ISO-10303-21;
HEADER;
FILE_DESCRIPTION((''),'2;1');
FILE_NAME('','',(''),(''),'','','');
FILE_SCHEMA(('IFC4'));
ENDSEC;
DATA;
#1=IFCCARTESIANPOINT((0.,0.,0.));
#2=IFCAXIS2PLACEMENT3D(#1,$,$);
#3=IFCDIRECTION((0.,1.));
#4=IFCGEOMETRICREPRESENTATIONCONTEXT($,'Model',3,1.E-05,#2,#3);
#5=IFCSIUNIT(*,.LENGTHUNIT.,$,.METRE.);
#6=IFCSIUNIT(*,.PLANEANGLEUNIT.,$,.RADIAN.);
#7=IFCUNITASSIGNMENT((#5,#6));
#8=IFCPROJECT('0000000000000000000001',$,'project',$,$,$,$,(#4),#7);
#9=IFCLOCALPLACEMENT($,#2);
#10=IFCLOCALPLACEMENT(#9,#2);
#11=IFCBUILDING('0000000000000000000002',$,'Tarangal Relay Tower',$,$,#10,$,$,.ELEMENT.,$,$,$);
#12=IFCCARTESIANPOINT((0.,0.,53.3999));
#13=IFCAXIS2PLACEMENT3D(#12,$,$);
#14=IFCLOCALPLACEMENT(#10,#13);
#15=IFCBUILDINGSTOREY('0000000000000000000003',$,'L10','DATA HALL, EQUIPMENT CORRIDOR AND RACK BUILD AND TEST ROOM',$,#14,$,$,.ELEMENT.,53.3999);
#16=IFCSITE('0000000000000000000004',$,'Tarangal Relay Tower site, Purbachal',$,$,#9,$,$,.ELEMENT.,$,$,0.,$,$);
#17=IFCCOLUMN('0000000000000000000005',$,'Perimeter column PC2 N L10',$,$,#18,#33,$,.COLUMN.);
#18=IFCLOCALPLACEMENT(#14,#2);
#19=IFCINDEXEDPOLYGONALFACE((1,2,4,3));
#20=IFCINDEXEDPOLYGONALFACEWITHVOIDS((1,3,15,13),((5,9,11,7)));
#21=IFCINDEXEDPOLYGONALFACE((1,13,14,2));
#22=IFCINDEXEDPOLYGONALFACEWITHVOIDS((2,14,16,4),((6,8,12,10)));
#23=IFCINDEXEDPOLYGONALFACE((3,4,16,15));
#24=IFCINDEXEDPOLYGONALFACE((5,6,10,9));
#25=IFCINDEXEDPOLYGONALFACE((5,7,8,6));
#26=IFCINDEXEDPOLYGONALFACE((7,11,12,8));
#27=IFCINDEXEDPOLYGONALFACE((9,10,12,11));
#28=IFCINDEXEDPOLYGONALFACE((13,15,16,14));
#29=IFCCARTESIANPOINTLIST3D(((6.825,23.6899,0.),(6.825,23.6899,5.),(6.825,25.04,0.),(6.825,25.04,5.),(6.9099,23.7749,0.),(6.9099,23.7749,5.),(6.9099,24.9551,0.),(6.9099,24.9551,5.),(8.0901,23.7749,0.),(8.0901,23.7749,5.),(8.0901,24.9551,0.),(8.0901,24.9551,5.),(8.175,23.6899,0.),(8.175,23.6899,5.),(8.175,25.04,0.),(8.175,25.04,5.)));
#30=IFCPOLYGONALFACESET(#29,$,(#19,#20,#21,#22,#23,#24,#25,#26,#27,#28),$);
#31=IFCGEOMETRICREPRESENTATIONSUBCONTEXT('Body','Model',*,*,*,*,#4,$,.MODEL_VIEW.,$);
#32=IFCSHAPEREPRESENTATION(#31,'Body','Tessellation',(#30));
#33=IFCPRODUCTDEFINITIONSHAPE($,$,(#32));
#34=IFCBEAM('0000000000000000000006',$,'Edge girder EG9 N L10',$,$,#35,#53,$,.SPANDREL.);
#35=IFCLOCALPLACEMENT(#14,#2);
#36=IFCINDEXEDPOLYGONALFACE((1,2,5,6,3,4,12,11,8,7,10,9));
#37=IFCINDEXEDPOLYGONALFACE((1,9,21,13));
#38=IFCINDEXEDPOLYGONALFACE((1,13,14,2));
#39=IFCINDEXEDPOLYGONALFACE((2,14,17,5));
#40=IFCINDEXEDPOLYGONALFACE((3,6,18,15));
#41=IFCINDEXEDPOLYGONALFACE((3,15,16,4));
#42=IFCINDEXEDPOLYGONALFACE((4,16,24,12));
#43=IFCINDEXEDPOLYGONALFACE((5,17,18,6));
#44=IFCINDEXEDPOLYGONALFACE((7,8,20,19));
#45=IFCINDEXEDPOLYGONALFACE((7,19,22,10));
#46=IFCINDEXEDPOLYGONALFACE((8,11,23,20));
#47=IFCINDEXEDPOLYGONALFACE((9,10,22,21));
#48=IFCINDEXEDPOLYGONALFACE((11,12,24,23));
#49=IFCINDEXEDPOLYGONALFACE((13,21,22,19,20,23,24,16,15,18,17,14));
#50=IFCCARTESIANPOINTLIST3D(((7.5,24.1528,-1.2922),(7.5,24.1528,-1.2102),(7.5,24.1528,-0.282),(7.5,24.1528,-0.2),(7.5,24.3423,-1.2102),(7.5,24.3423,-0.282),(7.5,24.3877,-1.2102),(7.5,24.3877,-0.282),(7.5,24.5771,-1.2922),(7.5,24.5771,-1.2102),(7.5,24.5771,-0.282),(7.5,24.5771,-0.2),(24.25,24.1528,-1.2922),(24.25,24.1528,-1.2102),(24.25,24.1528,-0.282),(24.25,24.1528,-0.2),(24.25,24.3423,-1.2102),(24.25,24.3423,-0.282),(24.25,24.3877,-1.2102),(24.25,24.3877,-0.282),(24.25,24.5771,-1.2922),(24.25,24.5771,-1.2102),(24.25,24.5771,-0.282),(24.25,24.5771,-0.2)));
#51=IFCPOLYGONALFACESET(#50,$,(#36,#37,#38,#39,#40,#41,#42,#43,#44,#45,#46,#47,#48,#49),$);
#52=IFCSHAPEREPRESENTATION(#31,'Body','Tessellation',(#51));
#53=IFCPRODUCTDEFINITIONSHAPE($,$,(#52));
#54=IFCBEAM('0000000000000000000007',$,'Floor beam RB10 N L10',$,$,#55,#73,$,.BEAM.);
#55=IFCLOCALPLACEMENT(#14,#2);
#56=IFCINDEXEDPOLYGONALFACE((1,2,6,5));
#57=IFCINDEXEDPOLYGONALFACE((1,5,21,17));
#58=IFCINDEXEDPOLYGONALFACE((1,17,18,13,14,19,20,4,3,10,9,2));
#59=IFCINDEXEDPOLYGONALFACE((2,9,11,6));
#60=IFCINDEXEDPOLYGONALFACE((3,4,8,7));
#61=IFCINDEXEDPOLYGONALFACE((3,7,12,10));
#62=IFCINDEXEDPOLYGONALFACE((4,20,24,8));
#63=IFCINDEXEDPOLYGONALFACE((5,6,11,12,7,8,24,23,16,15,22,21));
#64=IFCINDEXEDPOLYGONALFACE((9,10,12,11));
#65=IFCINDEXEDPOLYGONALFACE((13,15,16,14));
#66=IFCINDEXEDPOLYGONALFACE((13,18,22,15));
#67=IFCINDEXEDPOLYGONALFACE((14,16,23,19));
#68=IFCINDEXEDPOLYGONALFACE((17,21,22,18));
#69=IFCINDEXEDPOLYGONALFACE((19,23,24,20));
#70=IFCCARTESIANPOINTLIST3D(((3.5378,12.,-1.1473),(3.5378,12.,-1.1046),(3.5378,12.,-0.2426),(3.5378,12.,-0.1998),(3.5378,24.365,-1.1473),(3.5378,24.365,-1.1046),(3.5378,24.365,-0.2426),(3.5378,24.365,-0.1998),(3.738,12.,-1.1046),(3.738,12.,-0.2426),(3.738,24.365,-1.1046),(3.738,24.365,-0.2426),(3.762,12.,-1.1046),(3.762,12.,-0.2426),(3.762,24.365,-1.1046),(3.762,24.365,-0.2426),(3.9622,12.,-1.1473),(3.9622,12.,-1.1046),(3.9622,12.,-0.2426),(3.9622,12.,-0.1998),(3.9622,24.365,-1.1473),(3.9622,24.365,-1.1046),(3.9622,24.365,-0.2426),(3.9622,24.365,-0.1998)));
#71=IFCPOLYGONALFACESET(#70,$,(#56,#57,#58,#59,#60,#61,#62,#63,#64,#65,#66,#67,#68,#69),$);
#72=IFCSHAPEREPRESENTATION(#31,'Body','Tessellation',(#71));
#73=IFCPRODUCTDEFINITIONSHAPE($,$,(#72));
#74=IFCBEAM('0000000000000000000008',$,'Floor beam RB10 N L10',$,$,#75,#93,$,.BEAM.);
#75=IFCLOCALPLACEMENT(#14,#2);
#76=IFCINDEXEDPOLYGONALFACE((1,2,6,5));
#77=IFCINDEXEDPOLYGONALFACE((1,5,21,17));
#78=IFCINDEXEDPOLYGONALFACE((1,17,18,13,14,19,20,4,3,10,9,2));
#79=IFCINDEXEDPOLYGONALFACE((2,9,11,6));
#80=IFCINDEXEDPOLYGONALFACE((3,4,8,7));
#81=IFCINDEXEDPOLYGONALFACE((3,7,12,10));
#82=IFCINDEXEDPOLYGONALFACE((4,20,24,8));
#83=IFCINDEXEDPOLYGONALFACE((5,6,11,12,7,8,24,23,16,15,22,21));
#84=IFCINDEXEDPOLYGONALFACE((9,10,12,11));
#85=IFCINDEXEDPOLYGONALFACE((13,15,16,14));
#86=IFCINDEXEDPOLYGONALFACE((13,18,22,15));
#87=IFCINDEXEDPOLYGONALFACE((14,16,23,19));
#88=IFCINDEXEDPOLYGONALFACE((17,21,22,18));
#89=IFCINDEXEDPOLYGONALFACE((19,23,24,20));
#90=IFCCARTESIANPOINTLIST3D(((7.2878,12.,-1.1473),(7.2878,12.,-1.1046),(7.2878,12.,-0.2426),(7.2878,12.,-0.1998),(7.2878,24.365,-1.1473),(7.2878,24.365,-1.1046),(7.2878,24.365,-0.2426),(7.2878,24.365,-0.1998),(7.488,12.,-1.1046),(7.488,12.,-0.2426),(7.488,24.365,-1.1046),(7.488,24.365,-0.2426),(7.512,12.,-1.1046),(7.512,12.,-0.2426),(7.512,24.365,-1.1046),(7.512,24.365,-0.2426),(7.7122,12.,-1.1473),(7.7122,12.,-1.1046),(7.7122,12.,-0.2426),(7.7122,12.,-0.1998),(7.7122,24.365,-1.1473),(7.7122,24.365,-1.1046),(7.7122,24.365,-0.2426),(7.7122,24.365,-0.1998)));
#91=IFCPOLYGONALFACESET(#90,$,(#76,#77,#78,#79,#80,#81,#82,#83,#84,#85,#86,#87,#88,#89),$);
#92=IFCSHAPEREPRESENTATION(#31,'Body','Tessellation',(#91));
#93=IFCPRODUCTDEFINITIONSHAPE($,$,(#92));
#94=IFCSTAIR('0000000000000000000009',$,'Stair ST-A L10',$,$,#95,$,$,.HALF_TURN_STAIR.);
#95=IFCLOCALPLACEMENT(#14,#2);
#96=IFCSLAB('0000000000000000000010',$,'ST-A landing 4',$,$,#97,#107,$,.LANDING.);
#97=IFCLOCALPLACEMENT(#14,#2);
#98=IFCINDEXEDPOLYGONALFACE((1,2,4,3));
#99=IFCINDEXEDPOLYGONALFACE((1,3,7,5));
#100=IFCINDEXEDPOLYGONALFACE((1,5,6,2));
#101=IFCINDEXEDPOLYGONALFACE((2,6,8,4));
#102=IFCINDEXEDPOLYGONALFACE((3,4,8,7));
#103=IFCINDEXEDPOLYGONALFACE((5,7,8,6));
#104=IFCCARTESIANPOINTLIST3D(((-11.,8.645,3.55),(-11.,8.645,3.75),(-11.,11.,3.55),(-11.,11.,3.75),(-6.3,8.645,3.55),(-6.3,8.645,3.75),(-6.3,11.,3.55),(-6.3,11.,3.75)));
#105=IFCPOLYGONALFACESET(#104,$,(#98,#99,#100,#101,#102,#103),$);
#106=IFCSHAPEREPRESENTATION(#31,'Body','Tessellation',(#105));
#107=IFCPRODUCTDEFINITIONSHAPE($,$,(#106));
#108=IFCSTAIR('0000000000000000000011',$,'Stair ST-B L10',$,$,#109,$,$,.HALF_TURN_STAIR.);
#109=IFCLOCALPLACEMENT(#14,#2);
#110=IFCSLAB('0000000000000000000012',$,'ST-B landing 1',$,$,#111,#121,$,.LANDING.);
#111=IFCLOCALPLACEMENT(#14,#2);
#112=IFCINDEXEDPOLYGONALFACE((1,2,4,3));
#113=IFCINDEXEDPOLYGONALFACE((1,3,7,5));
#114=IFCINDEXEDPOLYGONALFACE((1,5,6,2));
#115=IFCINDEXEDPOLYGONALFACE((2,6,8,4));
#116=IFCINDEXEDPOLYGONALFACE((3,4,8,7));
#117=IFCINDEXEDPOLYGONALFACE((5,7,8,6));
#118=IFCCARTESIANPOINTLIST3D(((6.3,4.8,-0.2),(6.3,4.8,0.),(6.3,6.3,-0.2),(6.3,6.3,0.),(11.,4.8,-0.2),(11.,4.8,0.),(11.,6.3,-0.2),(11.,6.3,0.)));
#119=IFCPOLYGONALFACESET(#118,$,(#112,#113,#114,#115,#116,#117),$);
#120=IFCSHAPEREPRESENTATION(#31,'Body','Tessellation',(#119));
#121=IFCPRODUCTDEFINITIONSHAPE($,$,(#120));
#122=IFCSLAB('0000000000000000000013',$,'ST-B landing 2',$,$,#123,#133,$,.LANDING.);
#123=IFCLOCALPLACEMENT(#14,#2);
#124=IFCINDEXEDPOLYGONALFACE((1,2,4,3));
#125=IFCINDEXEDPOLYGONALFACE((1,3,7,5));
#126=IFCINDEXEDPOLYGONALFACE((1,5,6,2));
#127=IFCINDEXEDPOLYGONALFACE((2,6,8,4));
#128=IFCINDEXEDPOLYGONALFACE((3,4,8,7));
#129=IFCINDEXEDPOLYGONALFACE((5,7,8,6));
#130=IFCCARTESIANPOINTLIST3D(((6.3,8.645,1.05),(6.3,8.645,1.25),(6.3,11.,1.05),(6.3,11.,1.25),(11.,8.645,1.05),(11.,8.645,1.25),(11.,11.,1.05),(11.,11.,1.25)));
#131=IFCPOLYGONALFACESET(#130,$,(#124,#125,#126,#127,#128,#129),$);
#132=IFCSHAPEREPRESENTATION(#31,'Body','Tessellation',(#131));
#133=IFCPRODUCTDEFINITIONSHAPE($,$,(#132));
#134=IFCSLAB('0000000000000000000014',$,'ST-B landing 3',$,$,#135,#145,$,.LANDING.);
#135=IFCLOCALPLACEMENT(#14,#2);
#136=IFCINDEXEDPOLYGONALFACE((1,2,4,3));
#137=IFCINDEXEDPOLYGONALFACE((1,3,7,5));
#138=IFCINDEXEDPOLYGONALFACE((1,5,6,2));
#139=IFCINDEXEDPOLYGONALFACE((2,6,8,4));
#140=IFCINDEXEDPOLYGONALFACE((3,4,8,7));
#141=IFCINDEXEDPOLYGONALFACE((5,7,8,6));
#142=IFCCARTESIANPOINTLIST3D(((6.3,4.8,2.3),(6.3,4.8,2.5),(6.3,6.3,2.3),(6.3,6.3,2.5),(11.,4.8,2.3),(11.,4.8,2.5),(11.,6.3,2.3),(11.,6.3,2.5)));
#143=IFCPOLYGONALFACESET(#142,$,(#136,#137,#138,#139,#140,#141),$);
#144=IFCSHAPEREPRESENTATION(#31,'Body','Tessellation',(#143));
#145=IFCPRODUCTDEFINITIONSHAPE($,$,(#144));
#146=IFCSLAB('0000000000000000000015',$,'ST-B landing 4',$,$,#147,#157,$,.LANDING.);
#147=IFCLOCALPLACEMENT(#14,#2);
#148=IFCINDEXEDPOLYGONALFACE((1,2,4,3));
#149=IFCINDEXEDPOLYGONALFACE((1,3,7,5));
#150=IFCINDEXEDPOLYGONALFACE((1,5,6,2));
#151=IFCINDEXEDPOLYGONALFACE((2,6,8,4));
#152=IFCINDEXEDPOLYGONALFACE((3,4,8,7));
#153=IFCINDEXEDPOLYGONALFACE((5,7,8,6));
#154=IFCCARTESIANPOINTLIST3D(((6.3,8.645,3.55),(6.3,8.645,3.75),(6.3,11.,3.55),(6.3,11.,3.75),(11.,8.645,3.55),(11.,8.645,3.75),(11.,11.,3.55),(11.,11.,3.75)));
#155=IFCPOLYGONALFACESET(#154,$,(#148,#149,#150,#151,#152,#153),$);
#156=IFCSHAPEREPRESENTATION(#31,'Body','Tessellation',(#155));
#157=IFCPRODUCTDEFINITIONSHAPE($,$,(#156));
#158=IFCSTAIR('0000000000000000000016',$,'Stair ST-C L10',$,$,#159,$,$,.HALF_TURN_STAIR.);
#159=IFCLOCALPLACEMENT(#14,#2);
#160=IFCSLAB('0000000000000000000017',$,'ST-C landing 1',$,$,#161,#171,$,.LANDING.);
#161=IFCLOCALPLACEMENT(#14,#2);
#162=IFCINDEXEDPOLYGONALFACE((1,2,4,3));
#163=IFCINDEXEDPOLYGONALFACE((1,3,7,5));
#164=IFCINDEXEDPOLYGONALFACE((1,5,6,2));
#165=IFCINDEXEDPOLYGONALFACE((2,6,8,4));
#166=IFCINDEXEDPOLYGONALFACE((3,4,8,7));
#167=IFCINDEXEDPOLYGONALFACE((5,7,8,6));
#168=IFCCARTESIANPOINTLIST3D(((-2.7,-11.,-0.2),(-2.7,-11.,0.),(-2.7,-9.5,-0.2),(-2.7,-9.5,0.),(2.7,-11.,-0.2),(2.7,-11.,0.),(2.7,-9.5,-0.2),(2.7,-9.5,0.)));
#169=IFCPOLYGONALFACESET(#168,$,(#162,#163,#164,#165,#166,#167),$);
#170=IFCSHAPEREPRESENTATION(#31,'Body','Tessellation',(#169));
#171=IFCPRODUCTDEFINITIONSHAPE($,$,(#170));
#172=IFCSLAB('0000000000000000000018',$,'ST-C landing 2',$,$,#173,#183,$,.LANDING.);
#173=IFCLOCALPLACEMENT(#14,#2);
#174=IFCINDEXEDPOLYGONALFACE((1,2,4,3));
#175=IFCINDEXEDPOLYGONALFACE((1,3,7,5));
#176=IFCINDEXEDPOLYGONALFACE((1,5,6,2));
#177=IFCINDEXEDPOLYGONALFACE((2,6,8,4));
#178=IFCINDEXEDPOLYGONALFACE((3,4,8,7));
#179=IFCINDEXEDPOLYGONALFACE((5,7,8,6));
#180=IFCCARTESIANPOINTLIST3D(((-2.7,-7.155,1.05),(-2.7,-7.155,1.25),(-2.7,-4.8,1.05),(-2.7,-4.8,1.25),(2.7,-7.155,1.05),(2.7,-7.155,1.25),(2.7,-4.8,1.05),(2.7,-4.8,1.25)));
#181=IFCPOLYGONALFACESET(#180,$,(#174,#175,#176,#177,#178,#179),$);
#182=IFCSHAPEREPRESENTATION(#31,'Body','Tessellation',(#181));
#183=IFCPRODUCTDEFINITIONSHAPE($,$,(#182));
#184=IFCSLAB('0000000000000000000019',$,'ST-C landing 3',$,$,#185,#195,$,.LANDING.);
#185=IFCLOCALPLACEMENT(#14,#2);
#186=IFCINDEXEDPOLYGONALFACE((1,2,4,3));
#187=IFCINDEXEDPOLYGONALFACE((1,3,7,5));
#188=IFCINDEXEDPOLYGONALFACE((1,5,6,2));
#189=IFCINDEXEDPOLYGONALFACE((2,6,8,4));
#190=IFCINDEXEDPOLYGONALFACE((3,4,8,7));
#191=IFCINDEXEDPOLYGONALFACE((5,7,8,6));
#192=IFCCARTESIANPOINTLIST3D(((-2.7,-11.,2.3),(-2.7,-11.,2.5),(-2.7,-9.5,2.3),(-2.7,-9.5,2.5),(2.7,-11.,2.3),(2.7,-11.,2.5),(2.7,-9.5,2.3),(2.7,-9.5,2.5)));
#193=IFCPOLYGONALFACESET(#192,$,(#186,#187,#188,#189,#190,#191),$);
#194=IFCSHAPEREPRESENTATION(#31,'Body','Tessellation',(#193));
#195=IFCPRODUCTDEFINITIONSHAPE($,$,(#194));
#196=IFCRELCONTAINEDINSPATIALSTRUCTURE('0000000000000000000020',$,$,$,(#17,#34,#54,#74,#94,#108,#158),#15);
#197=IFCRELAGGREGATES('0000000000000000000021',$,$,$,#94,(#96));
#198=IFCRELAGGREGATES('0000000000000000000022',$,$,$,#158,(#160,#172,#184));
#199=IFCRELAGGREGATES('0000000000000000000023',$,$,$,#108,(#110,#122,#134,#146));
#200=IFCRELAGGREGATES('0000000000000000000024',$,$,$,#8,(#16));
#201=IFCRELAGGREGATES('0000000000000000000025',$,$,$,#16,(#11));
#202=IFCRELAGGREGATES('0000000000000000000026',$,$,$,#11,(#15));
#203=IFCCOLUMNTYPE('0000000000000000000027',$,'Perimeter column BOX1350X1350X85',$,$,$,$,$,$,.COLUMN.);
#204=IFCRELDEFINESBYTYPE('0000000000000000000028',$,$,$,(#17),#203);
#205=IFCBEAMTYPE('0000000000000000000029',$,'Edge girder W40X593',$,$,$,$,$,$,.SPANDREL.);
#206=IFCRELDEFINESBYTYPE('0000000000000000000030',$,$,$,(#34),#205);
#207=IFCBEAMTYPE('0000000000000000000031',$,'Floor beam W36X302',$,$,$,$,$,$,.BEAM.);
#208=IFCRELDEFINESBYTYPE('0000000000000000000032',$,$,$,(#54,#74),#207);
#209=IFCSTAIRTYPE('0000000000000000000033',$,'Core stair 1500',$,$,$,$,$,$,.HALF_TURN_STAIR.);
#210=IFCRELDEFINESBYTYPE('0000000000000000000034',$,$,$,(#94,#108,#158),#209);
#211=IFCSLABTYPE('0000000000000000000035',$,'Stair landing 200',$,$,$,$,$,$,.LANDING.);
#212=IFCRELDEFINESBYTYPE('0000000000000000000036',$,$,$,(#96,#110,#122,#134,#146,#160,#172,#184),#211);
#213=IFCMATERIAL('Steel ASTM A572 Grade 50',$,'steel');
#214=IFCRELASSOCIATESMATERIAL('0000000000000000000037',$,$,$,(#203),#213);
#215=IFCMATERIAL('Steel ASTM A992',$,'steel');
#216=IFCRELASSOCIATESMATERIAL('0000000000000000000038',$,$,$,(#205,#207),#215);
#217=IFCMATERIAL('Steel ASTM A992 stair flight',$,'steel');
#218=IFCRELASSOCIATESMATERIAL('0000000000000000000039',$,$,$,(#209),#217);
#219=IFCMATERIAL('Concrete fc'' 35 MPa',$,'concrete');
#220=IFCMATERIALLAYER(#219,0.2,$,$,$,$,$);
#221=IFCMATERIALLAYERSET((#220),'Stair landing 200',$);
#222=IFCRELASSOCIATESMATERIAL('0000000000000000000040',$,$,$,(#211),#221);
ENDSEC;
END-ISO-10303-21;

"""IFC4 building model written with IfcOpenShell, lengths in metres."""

from ifc_helpers import new_model, si_unit, direction, frame, origin, origin_2d, place, context, subcontext, project, spatial, polyline, hollow_rectangle, i_section, outline, extrude, material, layer, layer_set, material_profile, profile_set, type_object, element, aggregate, save


model = new_model("IFC4")

# Units and contexts
model_context = context("Model", 3, precision=1e-05, world=origin(), true_north=direction((0.0, 1.0)))
body_context = subcontext(model_context, "Body", "Model", "MODEL_VIEW")
ifc_project = project(units=[si_unit("LENGTHUNIT", "METRE"), si_unit("PLANEANGLEUNIT", "RADIAN")], contexts=[model_context])

# Site, building, storey
site_placement = place(None, origin())
site = spatial("IfcSite", under=ifc_project, at=site_placement, Name="Tarangal Relay Tower site, Purbachal", CompositionType="ELEMENT", RefElevation=0.0)
building_placement = place(site_placement, origin())
building = spatial("IfcBuilding", under=site, at=building_placement, Name="Tarangal Relay Tower", CompositionType="ELEMENT")
storey_placement = place(building_placement, frame((0.0, 0.0, 53.3999)))
storey = spatial("IfcBuildingStorey", under=building, at=storey_placement, Name="L10", Description="DATA HALL, EQUIPMENT CORRIDOR AND RACK BUILD AND TEST ROOM", CompositionType="ELEMENT", Elevation=53.3999)

# Column
ifc_material_1 = material(Name="Steel ASTM A572 Grade 50", Category="steel")
ifc_material_profile_1 = material_profile(ifc_material_1, hollow_rectangle(XDim=1.3501, YDim=1.3501, WallThickness=0.085, at=origin_2d()), Name="BOX1350X1350X85")
ifc_profile_set_1 = profile_set([ifc_material_profile_1], Name="Steel ASTM A572 Grade 50")
column_type = type_object("IfcColumnType", Name="Perimeter column BOX1350X1350X85", PredefinedType="COLUMN", material=ifc_profile_set_1)
column_placement = place(storey_placement, frame((7.5, 24.365, 0.0), z_axis=(0.0, 0.0, 1.0), x_axis=(1.0, 0.0, 0.0)))
element("IfcColumn", 1, at=column_placement, inside=storey, type_object=column_type, Name="Perimeter column PC2 N L10", PredefinedType="COLUMN", context=body_context, shape_type="SweptSolid", body=[
    extrude(hollow_rectangle(XDim=1.3501, YDim=1.3501, WallThickness=0.085, at=origin_2d()), origin(), (0.0, 0.0, 1.0), 5.0),
])

# Beams
ifc_material_2 = material(Name="Steel ASTM A992", Category="steel")
ifc_material_profile_2 = material_profile(ifc_material_2, i_section(OverallWidth=0.4243, OverallDepth=1.0923, WebThickness=0.0454, FlangeThickness=0.082, at=origin_2d()), Name="W40X593")
ifc_profile_set_2 = profile_set([ifc_material_profile_2], Name="Steel ASTM A992")
beam_type_1 = type_object("IfcBeamType", Name="Edge girder W40X593", PredefinedType="SPANDREL", material=ifc_profile_set_2)
beam_placement = place(storey_placement, frame((7.5, 24.365, -0.7461), z_axis=(1.0, 0.0, 0.0), x_axis=(0.0, 1.0, 0.0)))
element("IfcBeam", 2, at=beam_placement, inside=storey, type_object=beam_type_1, Name="Edge girder EG9 N L10", PredefinedType="SPANDREL", context=body_context, shape_type="SweptSolid", body=[
    extrude(i_section(OverallWidth=0.4243, OverallDepth=1.0923, WebThickness=0.0454, FlangeThickness=0.082, at=origin_2d()), origin(), (0.0, 0.0, 1.0), 16.75),
])
ifc_material_profile_3 = material_profile(ifc_material_2, i_section(OverallWidth=0.4243, OverallDepth=0.9475, WebThickness=0.0239, FlangeThickness=0.0427, at=origin_2d()), Name="W36X302")
ifc_profile_set_3 = profile_set([ifc_material_profile_3], Name="Steel ASTM A992")
beam_type_2 = type_object("IfcBeamType", Name="Floor beam W36X302", PredefinedType="BEAM", material=ifc_profile_set_3)
for number, where, z_axis, x_axis, name in (
    (3, (3.75, 12.0, -0.6736), (0.0, 1.0, 0.0), (-1.0, 0.0, 0.0), "Floor beam RB10 N L10"),
    (4, (7.5, 12.0, -0.6736), (0.0, 1.0, 0.0), (-1.0, 0.0, 0.0), "Floor beam RB10 N L10"),
):
    element("IfcBeam", number, at=place(storey_placement, frame(where, z_axis=z_axis, x_axis=x_axis)), inside=storey, type_object=beam_type_2, Name=name, PredefinedType="BEAM", context=body_context, shape_type="SweptSolid", body=[
        extrude(i_section(OverallWidth=0.4243, OverallDepth=0.9475, WebThickness=0.0239, FlangeThickness=0.0427, at=origin_2d()), origin(), (0.0, 0.0, 1.0), 12.365),
    ])

# Stair, slab
ifc_material_3 = material(Name="Steel ASTM A992 stair flight", Category="steel")
stair_type = type_object("IfcStairType", Name="Core stair 1500", PredefinedType="HALF_TURN_STAIR", material=ifc_material_3)
stair_1_placement = place(storey_placement, origin())
stair_1 = element("IfcStair", 5, at=stair_1_placement, inside=storey, type_object=stair_type, Name="Stair ST-A L10", PredefinedType="HALF_TURN_STAIR")
ifc_material_4 = material(Name="Concrete fc' 35 MPa", Category="concrete")
ifc_layer_1 = layer(ifc_material_4, 0.2)
ifc_layer_set_1 = layer_set([ifc_layer_1], Name="Stair landing 200")
slab_type = type_object("IfcSlabType", Name="Stair landing 200", PredefinedType="LANDING", material=ifc_layer_set_1)
slab_1_placement = place(storey_placement, frame((0.0, 0.0, 3.55)))
slab_1 = element("IfcSlab", 6, at=slab_1_placement, type_object=slab_type, Name="ST-A landing 4", PredefinedType="LANDING", context=body_context, shape_type="SweptSolid", body=[
    extrude(outline(polyline([(-11.0, 8.645), (-6.3, 8.645), (-6.3, 11.0), (-11.0, 11.0), (-11.0, 8.645)])), origin(), (0.0, 0.0, 1.0), 0.2),
])
aggregate(stair_1, [slab_1])

# Stairs, slabs
stair_2_placement = place(storey_placement, origin())
stair_2 = element("IfcStair", 7, at=stair_2_placement, inside=storey, type_object=stair_type, Name="Stair ST-B L10", PredefinedType="HALF_TURN_STAIR")
slab_2_placement = place(storey_placement, frame((0.0, 0.0, -0.2)))
slab_2 = element("IfcSlab", 8, at=slab_2_placement, type_object=slab_type, Name="ST-B landing 1", PredefinedType="LANDING", context=body_context, shape_type="SweptSolid", body=[
    extrude(outline(polyline([(6.3, 4.8), (11.0, 4.8), (11.0, 6.3), (6.3, 6.3), (6.3, 4.8)])), origin(), (0.0, 0.0, 1.0), 0.2),
])
slab_3_placement = place(storey_placement, frame((0.0, 0.0, 1.05)))
slab_3 = element("IfcSlab", 9, at=slab_3_placement, type_object=slab_type, Name="ST-B landing 2", PredefinedType="LANDING", context=body_context, shape_type="SweptSolid", body=[
    extrude(outline(polyline([(6.3, 8.645), (11.0, 8.645), (11.0, 11.0), (6.3, 11.0), (6.3, 8.645)])), origin(), (0.0, 0.0, 1.0), 0.2),
])
slab_4_placement = place(storey_placement, frame((0.0, 0.0, 2.3)))
slab_4 = element("IfcSlab", 10, at=slab_4_placement, type_object=slab_type, Name="ST-B landing 3", PredefinedType="LANDING", context=body_context, shape_type="SweptSolid", body=[
    extrude(outline(polyline([(6.3, 4.8), (11.0, 4.8), (11.0, 6.3), (6.3, 6.3), (6.3, 4.8)])), origin(), (0.0, 0.0, 1.0), 0.2),
])
slab_5_placement = place(storey_placement, frame((0.0, 0.0, 3.55)))
slab_5 = element("IfcSlab", 11, at=slab_5_placement, type_object=slab_type, Name="ST-B landing 4", PredefinedType="LANDING", context=body_context, shape_type="SweptSolid", body=[
    extrude(outline(polyline([(6.3, 8.645), (11.0, 8.645), (11.0, 11.0), (6.3, 11.0), (6.3, 8.645)])), origin(), (0.0, 0.0, 1.0), 0.2),
])
stair_3_placement = place(storey_placement, origin())
stair_3 = element("IfcStair", 12, at=stair_3_placement, inside=storey, type_object=stair_type, Name="Stair ST-C L10", PredefinedType="HALF_TURN_STAIR")
slab_6_placement = place(storey_placement, frame((0.0, 0.0, -0.2)))
slab_6 = element("IfcSlab", 13, at=slab_6_placement, type_object=slab_type, Name="ST-C landing 1", PredefinedType="LANDING", context=body_context, shape_type="SweptSolid", body=[
    extrude(outline(polyline([(-2.7, -11.0), (2.7, -11.0), (2.7, -9.5), (-2.7, -9.5), (-2.7, -11.0)])), origin(), (0.0, 0.0, 1.0), 0.2),
])
slab_7_placement = place(storey_placement, frame((0.0, 0.0, 1.05)))
slab_7 = element("IfcSlab", 14, at=slab_7_placement, type_object=slab_type, Name="ST-C landing 2", PredefinedType="LANDING", context=body_context, shape_type="SweptSolid", body=[
    extrude(outline(polyline([(-2.7, -7.155), (2.7, -7.155), (2.7, -4.8), (-2.7, -4.8), (-2.7, -7.155)])), origin(), (0.0, 0.0, 1.0), 0.2),
])
slab_8_placement = place(storey_placement, frame((0.0, 0.0, 2.3)))
slab_8 = element("IfcSlab", 15, at=slab_8_placement, type_object=slab_type, Name="ST-C landing 3", PredefinedType="LANDING", context=body_context, shape_type="SweptSolid", body=[
    extrude(outline(polyline([(-2.7, -11.0), (2.7, -11.0), (2.7, -9.5), (-2.7, -9.5), (-2.7, -11.0)])), origin(), (0.0, 0.0, 1.0), 0.2),
])
aggregate(stair_3, [slab_6, slab_7, slab_8])

aggregate(stair_2, [slab_2, slab_3, slab_4, slab_5])

save(model, "model.ifc")
